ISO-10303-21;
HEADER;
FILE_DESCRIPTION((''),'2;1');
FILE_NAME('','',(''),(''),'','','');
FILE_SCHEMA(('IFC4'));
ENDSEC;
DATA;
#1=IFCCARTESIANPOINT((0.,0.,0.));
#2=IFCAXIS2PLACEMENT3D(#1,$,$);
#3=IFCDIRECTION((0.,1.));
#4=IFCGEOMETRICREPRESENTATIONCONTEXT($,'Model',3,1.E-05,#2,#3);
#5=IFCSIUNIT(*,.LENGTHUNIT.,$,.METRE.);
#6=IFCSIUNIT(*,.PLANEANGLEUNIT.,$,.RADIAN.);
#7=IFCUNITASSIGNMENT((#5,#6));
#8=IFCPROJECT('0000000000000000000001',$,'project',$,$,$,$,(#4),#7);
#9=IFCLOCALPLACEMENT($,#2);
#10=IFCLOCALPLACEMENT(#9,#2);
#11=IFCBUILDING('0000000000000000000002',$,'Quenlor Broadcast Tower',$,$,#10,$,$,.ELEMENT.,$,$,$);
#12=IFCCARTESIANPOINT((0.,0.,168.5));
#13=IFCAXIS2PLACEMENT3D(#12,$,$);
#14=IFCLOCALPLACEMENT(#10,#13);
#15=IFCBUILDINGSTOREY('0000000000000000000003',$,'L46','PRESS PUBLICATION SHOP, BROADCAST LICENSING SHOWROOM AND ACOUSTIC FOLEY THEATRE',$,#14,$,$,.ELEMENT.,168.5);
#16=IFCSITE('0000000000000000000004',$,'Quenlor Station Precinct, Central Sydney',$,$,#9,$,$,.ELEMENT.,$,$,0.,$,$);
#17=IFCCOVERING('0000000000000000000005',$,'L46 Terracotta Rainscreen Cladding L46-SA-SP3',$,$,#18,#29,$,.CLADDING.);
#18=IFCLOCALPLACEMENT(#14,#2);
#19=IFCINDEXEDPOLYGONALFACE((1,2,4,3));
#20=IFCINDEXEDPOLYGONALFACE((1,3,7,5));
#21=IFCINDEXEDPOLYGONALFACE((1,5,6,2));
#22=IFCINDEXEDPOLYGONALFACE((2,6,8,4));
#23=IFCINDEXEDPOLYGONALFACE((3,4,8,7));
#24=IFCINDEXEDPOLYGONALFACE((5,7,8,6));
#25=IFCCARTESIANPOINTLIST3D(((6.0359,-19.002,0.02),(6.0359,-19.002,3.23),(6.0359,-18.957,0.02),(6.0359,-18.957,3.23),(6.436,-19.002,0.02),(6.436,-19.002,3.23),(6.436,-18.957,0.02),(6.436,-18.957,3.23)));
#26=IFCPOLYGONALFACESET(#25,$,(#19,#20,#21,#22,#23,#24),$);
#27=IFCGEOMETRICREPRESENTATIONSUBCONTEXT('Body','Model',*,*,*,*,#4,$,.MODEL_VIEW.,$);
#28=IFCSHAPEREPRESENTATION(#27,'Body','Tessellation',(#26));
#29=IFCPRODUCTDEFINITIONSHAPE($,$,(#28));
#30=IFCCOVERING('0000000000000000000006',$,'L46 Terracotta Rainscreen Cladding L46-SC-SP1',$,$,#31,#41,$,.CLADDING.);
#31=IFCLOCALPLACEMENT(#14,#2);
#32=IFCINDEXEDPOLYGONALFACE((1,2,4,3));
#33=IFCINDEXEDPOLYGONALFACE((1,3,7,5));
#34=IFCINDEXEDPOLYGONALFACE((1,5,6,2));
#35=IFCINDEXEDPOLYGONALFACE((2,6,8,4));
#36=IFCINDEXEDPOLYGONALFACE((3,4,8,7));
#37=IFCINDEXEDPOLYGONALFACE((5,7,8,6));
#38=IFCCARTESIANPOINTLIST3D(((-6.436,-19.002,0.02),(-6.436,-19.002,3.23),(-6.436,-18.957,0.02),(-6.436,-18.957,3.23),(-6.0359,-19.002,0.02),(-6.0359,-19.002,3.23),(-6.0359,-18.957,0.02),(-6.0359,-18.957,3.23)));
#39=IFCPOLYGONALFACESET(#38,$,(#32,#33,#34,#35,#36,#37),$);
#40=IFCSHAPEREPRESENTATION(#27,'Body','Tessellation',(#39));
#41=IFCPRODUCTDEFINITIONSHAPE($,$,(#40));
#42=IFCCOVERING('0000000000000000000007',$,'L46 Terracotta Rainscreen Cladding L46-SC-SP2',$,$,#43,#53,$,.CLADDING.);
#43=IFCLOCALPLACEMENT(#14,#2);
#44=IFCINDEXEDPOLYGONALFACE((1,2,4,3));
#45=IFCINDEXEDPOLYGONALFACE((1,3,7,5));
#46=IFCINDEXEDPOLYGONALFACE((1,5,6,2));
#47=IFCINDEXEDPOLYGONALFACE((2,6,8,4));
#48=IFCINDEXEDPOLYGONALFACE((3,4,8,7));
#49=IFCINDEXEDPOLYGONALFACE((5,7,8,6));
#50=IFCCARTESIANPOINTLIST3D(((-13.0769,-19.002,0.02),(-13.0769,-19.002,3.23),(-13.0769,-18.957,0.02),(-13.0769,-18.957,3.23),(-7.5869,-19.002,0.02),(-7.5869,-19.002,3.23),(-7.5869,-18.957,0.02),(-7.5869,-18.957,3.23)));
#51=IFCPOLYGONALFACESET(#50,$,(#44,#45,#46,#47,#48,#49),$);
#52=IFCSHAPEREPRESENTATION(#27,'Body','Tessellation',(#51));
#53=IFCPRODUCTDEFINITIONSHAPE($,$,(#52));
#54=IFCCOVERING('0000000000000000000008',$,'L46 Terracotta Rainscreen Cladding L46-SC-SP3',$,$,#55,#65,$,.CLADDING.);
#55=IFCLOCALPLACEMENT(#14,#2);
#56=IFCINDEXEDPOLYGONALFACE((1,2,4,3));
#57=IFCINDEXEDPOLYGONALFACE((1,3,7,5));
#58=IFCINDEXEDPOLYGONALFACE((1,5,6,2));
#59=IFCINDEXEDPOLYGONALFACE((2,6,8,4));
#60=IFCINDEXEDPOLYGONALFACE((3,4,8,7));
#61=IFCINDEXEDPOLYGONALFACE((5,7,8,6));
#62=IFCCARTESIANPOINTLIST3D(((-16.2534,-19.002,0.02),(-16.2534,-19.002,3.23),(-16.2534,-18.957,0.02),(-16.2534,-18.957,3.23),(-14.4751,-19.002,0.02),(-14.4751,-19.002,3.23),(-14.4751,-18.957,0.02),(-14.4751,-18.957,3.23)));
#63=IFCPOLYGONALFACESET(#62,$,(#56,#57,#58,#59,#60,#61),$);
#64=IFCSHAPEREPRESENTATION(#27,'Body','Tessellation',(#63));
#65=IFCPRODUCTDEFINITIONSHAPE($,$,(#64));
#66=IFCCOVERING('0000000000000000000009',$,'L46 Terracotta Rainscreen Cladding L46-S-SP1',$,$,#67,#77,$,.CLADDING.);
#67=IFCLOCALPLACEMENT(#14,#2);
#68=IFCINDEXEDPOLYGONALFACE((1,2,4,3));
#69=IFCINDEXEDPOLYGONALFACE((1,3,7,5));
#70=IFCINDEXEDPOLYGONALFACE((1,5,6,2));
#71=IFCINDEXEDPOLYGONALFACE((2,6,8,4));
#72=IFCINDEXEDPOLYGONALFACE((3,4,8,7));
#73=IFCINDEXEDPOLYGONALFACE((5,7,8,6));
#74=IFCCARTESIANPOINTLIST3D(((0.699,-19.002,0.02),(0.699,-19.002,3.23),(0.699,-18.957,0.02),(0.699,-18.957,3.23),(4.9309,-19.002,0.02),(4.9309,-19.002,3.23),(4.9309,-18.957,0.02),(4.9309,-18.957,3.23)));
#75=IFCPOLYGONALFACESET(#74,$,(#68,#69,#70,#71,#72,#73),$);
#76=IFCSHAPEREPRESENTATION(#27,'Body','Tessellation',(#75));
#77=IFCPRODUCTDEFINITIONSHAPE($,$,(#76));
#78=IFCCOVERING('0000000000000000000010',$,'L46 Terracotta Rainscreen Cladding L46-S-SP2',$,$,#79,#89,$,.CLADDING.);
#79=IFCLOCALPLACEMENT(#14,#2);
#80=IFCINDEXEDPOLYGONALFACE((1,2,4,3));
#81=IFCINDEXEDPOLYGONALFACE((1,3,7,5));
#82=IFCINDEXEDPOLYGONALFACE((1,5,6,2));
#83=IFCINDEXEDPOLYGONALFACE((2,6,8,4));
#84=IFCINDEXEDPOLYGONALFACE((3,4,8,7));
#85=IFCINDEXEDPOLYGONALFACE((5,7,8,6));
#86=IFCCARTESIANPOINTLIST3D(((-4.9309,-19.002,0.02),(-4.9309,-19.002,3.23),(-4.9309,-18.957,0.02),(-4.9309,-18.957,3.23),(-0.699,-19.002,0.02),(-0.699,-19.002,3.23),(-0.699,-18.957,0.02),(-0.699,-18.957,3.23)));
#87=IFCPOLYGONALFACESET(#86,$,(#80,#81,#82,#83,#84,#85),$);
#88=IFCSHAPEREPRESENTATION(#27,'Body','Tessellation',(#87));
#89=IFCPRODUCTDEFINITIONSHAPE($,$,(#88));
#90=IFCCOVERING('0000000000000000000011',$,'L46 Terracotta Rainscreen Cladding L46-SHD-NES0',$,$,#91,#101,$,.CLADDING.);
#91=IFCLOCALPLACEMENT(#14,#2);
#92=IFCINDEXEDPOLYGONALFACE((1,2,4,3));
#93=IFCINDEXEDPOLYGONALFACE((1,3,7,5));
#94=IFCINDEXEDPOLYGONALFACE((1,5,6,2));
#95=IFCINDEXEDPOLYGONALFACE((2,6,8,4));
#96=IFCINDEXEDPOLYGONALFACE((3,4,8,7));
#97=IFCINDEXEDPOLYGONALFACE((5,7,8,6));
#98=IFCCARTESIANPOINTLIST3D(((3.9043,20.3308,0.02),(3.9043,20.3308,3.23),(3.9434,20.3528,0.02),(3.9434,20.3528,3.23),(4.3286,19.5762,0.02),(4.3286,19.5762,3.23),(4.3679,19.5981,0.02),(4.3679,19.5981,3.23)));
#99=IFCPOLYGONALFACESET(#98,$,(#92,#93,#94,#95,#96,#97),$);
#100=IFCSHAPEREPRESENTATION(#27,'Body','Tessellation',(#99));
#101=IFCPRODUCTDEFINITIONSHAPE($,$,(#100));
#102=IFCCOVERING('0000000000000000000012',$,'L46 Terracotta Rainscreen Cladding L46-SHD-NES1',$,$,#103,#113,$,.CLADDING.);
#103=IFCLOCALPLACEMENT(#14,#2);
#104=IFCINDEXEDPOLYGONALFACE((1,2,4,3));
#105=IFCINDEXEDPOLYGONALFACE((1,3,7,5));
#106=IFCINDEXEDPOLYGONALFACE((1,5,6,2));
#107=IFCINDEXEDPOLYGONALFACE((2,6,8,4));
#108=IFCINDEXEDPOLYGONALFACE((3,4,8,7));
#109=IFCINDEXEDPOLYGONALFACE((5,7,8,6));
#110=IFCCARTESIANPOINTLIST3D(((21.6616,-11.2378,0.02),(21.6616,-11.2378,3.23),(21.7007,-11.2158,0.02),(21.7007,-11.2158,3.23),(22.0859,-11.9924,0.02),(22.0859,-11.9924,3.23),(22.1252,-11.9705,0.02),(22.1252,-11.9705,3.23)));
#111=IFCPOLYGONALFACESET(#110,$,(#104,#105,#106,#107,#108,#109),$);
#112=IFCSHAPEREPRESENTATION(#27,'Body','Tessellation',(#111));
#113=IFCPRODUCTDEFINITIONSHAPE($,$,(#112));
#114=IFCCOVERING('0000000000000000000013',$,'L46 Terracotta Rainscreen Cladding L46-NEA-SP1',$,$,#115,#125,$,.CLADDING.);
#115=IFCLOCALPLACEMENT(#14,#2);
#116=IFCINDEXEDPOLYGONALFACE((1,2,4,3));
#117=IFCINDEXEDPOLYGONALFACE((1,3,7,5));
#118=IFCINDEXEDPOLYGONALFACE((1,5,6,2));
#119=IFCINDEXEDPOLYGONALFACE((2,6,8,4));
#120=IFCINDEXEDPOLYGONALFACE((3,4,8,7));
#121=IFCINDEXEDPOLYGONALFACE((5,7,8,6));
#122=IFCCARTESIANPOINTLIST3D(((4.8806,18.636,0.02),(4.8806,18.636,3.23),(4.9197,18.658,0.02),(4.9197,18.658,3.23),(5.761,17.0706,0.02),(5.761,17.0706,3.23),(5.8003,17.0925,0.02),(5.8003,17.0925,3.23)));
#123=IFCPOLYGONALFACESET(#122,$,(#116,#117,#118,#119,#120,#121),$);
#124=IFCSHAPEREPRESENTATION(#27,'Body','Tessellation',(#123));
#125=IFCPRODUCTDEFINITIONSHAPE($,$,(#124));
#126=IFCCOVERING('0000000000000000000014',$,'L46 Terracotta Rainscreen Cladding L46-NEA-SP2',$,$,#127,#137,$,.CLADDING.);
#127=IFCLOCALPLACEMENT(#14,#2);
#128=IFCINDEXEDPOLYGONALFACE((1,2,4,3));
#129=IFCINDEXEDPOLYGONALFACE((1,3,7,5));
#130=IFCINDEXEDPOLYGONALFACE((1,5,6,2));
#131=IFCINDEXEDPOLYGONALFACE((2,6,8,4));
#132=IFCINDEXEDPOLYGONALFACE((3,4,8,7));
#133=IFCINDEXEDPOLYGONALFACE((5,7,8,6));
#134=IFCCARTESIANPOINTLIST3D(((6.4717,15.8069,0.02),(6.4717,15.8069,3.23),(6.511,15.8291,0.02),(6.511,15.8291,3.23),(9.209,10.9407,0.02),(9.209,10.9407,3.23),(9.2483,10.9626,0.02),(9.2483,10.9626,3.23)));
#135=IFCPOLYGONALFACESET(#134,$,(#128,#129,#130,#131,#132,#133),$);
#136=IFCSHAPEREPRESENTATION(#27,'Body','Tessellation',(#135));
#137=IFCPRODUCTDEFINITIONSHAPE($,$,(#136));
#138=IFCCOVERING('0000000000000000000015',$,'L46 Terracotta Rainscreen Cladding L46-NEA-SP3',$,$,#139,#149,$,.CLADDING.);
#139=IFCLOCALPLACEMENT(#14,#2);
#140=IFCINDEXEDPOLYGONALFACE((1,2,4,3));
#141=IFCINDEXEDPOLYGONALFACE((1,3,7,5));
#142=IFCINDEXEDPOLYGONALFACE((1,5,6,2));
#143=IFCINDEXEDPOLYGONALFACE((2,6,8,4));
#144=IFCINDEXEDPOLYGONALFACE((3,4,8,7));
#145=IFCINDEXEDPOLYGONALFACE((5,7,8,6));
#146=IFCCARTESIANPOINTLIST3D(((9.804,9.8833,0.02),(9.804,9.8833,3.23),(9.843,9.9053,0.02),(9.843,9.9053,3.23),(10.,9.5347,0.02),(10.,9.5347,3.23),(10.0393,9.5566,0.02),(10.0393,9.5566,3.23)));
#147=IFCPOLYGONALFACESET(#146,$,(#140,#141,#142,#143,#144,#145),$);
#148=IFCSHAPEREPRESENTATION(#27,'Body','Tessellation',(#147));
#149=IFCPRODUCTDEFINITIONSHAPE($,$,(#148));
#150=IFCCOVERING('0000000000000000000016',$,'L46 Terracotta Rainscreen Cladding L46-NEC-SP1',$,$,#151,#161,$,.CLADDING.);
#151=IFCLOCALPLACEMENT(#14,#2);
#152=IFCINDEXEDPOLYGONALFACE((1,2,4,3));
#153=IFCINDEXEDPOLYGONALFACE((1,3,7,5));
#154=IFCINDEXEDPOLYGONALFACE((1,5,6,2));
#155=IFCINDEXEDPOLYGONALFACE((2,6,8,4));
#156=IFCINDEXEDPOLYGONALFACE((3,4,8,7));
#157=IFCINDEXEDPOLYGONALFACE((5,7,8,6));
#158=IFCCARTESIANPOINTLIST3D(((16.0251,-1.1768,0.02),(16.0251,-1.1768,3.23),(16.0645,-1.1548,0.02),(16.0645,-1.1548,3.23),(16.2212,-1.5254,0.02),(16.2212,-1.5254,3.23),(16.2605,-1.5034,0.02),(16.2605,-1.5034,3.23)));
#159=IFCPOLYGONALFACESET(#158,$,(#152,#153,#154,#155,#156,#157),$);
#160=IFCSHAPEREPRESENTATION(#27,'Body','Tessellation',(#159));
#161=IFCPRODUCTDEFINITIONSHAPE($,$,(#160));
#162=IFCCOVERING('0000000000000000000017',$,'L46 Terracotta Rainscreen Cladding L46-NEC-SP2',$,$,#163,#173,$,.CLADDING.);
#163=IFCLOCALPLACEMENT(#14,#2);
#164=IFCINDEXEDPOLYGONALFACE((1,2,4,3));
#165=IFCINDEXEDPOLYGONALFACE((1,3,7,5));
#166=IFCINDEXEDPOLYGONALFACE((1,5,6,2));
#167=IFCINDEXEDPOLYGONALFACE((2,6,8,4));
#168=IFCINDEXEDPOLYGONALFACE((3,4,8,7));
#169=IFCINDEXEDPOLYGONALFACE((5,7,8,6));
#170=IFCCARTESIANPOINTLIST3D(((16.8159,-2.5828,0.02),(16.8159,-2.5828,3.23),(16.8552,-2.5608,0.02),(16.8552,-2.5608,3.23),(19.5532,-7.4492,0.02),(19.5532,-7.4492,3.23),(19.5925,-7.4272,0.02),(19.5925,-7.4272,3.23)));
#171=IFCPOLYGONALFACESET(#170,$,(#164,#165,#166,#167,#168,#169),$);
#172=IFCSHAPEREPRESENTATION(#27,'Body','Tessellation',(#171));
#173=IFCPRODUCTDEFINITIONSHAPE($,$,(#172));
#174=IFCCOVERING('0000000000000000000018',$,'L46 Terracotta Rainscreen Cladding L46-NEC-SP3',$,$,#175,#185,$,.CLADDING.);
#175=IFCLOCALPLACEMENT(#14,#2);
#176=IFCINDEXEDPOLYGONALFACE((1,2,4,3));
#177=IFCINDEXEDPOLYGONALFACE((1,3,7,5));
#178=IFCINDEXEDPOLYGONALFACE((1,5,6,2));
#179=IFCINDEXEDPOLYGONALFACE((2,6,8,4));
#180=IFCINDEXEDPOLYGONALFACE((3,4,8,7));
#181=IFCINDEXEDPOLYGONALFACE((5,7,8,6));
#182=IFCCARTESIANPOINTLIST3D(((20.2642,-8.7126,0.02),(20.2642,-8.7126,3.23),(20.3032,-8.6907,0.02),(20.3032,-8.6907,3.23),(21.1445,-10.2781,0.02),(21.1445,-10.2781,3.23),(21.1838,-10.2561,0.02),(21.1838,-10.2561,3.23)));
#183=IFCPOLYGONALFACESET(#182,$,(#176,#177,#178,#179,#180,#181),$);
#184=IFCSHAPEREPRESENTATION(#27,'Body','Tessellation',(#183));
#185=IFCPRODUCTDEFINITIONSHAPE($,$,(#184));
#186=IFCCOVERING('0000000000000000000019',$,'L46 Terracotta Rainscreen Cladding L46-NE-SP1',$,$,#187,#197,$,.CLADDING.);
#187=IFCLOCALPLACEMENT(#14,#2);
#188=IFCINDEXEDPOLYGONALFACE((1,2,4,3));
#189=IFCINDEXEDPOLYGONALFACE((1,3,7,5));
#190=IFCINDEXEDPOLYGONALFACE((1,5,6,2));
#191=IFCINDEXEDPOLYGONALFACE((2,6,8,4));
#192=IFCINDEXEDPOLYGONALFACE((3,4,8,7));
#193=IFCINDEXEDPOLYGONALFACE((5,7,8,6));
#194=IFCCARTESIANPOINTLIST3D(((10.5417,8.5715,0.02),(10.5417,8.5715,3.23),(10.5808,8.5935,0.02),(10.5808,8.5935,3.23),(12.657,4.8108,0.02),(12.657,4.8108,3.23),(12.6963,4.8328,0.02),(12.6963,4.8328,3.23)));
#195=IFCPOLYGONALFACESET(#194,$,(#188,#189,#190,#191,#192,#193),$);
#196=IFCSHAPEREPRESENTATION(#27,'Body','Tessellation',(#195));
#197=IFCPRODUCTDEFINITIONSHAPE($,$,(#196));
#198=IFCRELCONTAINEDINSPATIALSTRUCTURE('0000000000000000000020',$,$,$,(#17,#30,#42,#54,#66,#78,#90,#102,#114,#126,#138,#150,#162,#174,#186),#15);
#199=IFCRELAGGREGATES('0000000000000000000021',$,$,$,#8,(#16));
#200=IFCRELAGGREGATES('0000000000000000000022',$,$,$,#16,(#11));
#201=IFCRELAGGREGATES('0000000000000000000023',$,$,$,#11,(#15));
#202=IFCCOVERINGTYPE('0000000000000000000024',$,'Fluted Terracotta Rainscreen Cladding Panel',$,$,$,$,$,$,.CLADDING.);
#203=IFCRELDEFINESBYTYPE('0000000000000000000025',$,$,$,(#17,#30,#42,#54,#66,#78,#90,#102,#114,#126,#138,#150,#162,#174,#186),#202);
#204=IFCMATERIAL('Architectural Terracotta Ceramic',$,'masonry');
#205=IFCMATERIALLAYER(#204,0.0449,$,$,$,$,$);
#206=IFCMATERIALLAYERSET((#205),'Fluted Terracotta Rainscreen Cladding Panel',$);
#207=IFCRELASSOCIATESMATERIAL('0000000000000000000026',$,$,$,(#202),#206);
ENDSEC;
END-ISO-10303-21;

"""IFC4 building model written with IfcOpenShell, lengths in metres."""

from ifc_helpers import new_model, si_unit, direction, frame, origin, place, context, subcontext, project, spatial, polyline, outline, extrude, material, layer, layer_set, type_object, element, save


model = new_model("IFC4")

# Units and contexts
model_context = context("Model", 3, precision=1e-05, world=origin(), true_north=direction((0.0, 1.0)))
body_context = subcontext(model_context, "Body", "Model", "MODEL_VIEW")
ifc_project = project(units=[si_unit("LENGTHUNIT", "METRE"), si_unit("PLANEANGLEUNIT", "RADIAN")], contexts=[model_context])

# Site, building, storey
site_placement = place(None, origin())
site = spatial("IfcSite", under=ifc_project, at=site_placement, Name="Quenlor Station Precinct, Central Sydney", CompositionType="ELEMENT", RefElevation=0.0)
building_placement = place(site_placement, origin())
building = spatial("IfcBuilding", under=site, at=building_placement, Name="Quenlor Broadcast Tower", CompositionType="ELEMENT")
storey_placement = place(building_placement, frame((0.0, 0.0, 168.5)))
storey = spatial("IfcBuildingStorey", under=building, at=storey_placement, Name="L46", Description="PRESS PUBLICATION SHOP, BROADCAST LICENSING SHOWROOM AND ACOUSTIC FOLEY THEATRE", CompositionType="ELEMENT", Elevation=168.5)

# Coverings
ifc_material_1 = material(Name="Architectural Terracotta Ceramic", Category="masonry")
ifc_layer_1 = layer(ifc_material_1, 0.0449)
ifc_layer_set_1 = layer_set([ifc_layer_1], Name="Fluted Terracotta Rainscreen Cladding Panel")
covering_type = type_object("IfcCoveringType", Name="Fluted Terracotta Rainscreen Cladding Panel", PredefinedType="CLADDING", material=ifc_layer_set_1)
covering_1_placement = place(storey_placement, frame((0.0, 0.0, 0.02)))
element("IfcCovering", 1, at=covering_1_placement, inside=storey, type_object=covering_type, Name="L46 Terracotta Rainscreen Cladding L46-SA-SP3", PredefinedType="CLADDING", context=body_context, shape_type="SweptSolid", body=[
    extrude(outline(polyline([(6.436, -18.957), (6.0359, -18.957), (6.0359, -19.002), (6.436, -19.002), (6.436, -18.957)])), origin(), (0.0, 0.0, 1.0), 3.21),
])
covering_2_placement = place(storey_placement, frame((0.0, 0.0, 0.02)))
element("IfcCovering", 2, at=covering_2_placement, inside=storey, type_object=covering_type, Name="L46 Terracotta Rainscreen Cladding L46-SC-SP1", PredefinedType="CLADDING", context=body_context, shape_type="SweptSolid", body=[
    extrude(outline(polyline([(-6.0359, -18.957), (-6.436, -18.957), (-6.436, -19.002), (-6.0359, -19.002), (-6.0359, -18.957)])), origin(), (0.0, 0.0, 1.0), 3.21),
])
covering_3_placement = place(storey_placement, frame((0.0, 0.0, 0.02)))
element("IfcCovering", 3, at=covering_3_placement, inside=storey, type_object=covering_type, Name="L46 Terracotta Rainscreen Cladding L46-SC-SP2", PredefinedType="CLADDING", context=body_context, shape_type="SweptSolid", body=[
    extrude(outline(polyline([(-7.5869, -18.957), (-13.0769, -18.957), (-13.0769, -19.002), (-7.5869, -19.002), (-7.5869, -18.957)])), origin(), (0.0, 0.0, 1.0), 3.21),
])
covering_4_placement = place(storey_placement, frame((0.0, 0.0, 0.02)))
element("IfcCovering", 4, at=covering_4_placement, inside=storey, type_object=covering_type, Name="L46 Terracotta Rainscreen Cladding L46-SC-SP3", PredefinedType="CLADDING", context=body_context, shape_type="SweptSolid", body=[
    extrude(outline(polyline([(-14.4751, -18.957), (-16.2534, -18.957), (-16.2534, -19.002), (-14.4751, -19.002), (-14.4751, -18.957)])), origin(), (0.0, 0.0, 1.0), 3.21),
])
covering_5_placement = place(storey_placement, frame((0.0, 0.0, 0.02)))
element("IfcCovering", 5, at=covering_5_placement, inside=storey, type_object=covering_type, Name="L46 Terracotta Rainscreen Cladding L46-S-SP1", PredefinedType="CLADDING", context=body_context, shape_type="SweptSolid", body=[
    extrude(outline(polyline([(4.9309, -18.957), (0.699, -18.957), (0.699, -19.002), (4.9309, -19.002), (4.9309, -18.957)])), origin(), (0.0, 0.0, 1.0), 3.21),
])
covering_6_placement = place(storey_placement, frame((0.0, 0.0, 0.02)))
element("IfcCovering", 6, at=covering_6_placement, inside=storey, type_object=covering_type, Name="L46 Terracotta Rainscreen Cladding L46-S-SP2", PredefinedType="CLADDING", context=body_context, shape_type="SweptSolid", body=[
    extrude(outline(polyline([(-0.699, -18.957), (-4.9309, -18.957), (-4.9309, -19.002), (-0.699, -19.002), (-0.699, -18.957)])), origin(), (0.0, 0.0, 1.0), 3.21),
])
covering_7_placement = place(storey_placement, frame((0.0, 0.0, 0.02)))
element("IfcCovering", 7, at=covering_7_placement, inside=storey, type_object=covering_type, Name="L46 Terracotta Rainscreen Cladding L46-SHD-NES0", PredefinedType="CLADDING", context=body_context, shape_type="SweptSolid", body=[
    extrude(outline(polyline([(3.9043, 20.3308), (4.3286, 19.5762), (4.3679, 19.5981), (3.9434, 20.3528), (3.9043, 20.3308)])), origin(), (0.0, 0.0, 1.0), 3.21),
])
covering_8_placement = place(storey_placement, frame((0.0, 0.0, 0.02)))
element("IfcCovering", 8, at=covering_8_placement, inside=storey, type_object=covering_type, Name="L46 Terracotta Rainscreen Cladding L46-SHD-NES1", PredefinedType="CLADDING", context=body_context, shape_type="SweptSolid", body=[
    extrude(outline(polyline([(21.6616, -11.2378), (22.0859, -11.9924), (22.1252, -11.9705), (21.7007, -11.2158), (21.6616, -11.2378)])), origin(), (0.0, 0.0, 1.0), 3.21),
])
covering_9_placement = place(storey_placement, frame((0.0, 0.0, 0.02)))
element("IfcCovering", 9, at=covering_9_placement, inside=storey, type_object=covering_type, Name="L46 Terracotta Rainscreen Cladding L46-NEA-SP1", PredefinedType="CLADDING", context=body_context, shape_type="SweptSolid", body=[
    extrude(outline(polyline([(4.8806, 18.636), (5.761, 17.0706), (5.8003, 17.0925), (4.9197, 18.658), (4.8806, 18.636)])), origin(), (0.0, 0.0, 1.0), 3.21),
])
covering_10_placement = place(storey_placement, frame((0.0, 0.0, 0.02)))
element("IfcCovering", 10, at=covering_10_placement, inside=storey, type_object=covering_type, Name="L46 Terracotta Rainscreen Cladding L46-NEA-SP2", PredefinedType="CLADDING", context=body_context, shape_type="SweptSolid", body=[
    extrude(outline(polyline([(6.4717, 15.8069), (9.209, 10.9407), (9.2483, 10.9626), (6.511, 15.8291), (6.4717, 15.8069)])), origin(), (0.0, 0.0, 1.0), 3.21),
])
covering_11_placement = place(storey_placement, frame((0.0, 0.0, 0.02)))
element("IfcCovering", 11, at=covering_11_placement, inside=storey, type_object=covering_type, Name="L46 Terracotta Rainscreen Cladding L46-NEA-SP3", PredefinedType="CLADDING", context=body_context, shape_type="SweptSolid", body=[
    extrude(outline(polyline([(9.804, 9.8833), (10.0, 9.5347), (10.0393, 9.5566), (9.843, 9.9053), (9.804, 9.8833)])), origin(), (0.0, 0.0, 1.0), 3.21),
])
covering_12_placement = place(storey_placement, frame((0.0, 0.0, 0.02)))
element("IfcCovering", 12, at=covering_12_placement, inside=storey, type_object=covering_type, Name="L46 Terracotta Rainscreen Cladding L46-NEC-SP1", PredefinedType="CLADDING", context=body_context, shape_type="SweptSolid", body=[
    extrude(outline(polyline([(16.0251, -1.1768), (16.2212, -1.5254), (16.2605, -1.5034), (16.0645, -1.1548), (16.0251, -1.1768)])), origin(), (0.0, 0.0, 1.0), 3.21),
])
covering_13_placement = place(storey_placement, frame((0.0, 0.0, 0.02)))
element("IfcCovering", 13, at=covering_13_placement, inside=storey, type_object=covering_type, Name="L46 Terracotta Rainscreen Cladding L46-NEC-SP2", PredefinedType="CLADDING", context=body_context, shape_type="SweptSolid", body=[
    extrude(outline(polyline([(16.8159, -2.5828), (19.5532, -7.4492), (19.5925, -7.4272), (16.8552, -2.5608), (16.8159, -2.5828)])), origin(), (0.0, 0.0, 1.0), 3.21),
])
covering_14_placement = place(storey_placement, frame((0.0, 0.0, 0.02)))
element("IfcCovering", 14, at=covering_14_placement, inside=storey, type_object=covering_type, Name="L46 Terracotta Rainscreen Cladding L46-NEC-SP3", PredefinedType="CLADDING", context=body_context, shape_type="SweptSolid", body=[
    extrude(outline(polyline([(20.2642, -8.7126), (21.1445, -10.2781), (21.1838, -10.2561), (20.3032, -8.6907), (20.2642, -8.7126)])), origin(), (0.0, 0.0, 1.0), 3.21),
])
covering_15_placement = place(storey_placement, frame((0.0, 0.0, 0.02)))
element("IfcCovering", 15, at=covering_15_placement, inside=storey, type_object=covering_type, Name="L46 Terracotta Rainscreen Cladding L46-NE-SP1", PredefinedType="CLADDING", context=body_context, shape_type="SweptSolid", body=[
    extrude(outline(polyline([(10.5417, 8.5715), (12.657, 4.8108), (12.6963, 4.8328), (10.5808, 8.5935), (10.5417, 8.5715)])), origin(), (0.0, 0.0, 1.0), 3.21),
])

save(model, "model.ifc")
